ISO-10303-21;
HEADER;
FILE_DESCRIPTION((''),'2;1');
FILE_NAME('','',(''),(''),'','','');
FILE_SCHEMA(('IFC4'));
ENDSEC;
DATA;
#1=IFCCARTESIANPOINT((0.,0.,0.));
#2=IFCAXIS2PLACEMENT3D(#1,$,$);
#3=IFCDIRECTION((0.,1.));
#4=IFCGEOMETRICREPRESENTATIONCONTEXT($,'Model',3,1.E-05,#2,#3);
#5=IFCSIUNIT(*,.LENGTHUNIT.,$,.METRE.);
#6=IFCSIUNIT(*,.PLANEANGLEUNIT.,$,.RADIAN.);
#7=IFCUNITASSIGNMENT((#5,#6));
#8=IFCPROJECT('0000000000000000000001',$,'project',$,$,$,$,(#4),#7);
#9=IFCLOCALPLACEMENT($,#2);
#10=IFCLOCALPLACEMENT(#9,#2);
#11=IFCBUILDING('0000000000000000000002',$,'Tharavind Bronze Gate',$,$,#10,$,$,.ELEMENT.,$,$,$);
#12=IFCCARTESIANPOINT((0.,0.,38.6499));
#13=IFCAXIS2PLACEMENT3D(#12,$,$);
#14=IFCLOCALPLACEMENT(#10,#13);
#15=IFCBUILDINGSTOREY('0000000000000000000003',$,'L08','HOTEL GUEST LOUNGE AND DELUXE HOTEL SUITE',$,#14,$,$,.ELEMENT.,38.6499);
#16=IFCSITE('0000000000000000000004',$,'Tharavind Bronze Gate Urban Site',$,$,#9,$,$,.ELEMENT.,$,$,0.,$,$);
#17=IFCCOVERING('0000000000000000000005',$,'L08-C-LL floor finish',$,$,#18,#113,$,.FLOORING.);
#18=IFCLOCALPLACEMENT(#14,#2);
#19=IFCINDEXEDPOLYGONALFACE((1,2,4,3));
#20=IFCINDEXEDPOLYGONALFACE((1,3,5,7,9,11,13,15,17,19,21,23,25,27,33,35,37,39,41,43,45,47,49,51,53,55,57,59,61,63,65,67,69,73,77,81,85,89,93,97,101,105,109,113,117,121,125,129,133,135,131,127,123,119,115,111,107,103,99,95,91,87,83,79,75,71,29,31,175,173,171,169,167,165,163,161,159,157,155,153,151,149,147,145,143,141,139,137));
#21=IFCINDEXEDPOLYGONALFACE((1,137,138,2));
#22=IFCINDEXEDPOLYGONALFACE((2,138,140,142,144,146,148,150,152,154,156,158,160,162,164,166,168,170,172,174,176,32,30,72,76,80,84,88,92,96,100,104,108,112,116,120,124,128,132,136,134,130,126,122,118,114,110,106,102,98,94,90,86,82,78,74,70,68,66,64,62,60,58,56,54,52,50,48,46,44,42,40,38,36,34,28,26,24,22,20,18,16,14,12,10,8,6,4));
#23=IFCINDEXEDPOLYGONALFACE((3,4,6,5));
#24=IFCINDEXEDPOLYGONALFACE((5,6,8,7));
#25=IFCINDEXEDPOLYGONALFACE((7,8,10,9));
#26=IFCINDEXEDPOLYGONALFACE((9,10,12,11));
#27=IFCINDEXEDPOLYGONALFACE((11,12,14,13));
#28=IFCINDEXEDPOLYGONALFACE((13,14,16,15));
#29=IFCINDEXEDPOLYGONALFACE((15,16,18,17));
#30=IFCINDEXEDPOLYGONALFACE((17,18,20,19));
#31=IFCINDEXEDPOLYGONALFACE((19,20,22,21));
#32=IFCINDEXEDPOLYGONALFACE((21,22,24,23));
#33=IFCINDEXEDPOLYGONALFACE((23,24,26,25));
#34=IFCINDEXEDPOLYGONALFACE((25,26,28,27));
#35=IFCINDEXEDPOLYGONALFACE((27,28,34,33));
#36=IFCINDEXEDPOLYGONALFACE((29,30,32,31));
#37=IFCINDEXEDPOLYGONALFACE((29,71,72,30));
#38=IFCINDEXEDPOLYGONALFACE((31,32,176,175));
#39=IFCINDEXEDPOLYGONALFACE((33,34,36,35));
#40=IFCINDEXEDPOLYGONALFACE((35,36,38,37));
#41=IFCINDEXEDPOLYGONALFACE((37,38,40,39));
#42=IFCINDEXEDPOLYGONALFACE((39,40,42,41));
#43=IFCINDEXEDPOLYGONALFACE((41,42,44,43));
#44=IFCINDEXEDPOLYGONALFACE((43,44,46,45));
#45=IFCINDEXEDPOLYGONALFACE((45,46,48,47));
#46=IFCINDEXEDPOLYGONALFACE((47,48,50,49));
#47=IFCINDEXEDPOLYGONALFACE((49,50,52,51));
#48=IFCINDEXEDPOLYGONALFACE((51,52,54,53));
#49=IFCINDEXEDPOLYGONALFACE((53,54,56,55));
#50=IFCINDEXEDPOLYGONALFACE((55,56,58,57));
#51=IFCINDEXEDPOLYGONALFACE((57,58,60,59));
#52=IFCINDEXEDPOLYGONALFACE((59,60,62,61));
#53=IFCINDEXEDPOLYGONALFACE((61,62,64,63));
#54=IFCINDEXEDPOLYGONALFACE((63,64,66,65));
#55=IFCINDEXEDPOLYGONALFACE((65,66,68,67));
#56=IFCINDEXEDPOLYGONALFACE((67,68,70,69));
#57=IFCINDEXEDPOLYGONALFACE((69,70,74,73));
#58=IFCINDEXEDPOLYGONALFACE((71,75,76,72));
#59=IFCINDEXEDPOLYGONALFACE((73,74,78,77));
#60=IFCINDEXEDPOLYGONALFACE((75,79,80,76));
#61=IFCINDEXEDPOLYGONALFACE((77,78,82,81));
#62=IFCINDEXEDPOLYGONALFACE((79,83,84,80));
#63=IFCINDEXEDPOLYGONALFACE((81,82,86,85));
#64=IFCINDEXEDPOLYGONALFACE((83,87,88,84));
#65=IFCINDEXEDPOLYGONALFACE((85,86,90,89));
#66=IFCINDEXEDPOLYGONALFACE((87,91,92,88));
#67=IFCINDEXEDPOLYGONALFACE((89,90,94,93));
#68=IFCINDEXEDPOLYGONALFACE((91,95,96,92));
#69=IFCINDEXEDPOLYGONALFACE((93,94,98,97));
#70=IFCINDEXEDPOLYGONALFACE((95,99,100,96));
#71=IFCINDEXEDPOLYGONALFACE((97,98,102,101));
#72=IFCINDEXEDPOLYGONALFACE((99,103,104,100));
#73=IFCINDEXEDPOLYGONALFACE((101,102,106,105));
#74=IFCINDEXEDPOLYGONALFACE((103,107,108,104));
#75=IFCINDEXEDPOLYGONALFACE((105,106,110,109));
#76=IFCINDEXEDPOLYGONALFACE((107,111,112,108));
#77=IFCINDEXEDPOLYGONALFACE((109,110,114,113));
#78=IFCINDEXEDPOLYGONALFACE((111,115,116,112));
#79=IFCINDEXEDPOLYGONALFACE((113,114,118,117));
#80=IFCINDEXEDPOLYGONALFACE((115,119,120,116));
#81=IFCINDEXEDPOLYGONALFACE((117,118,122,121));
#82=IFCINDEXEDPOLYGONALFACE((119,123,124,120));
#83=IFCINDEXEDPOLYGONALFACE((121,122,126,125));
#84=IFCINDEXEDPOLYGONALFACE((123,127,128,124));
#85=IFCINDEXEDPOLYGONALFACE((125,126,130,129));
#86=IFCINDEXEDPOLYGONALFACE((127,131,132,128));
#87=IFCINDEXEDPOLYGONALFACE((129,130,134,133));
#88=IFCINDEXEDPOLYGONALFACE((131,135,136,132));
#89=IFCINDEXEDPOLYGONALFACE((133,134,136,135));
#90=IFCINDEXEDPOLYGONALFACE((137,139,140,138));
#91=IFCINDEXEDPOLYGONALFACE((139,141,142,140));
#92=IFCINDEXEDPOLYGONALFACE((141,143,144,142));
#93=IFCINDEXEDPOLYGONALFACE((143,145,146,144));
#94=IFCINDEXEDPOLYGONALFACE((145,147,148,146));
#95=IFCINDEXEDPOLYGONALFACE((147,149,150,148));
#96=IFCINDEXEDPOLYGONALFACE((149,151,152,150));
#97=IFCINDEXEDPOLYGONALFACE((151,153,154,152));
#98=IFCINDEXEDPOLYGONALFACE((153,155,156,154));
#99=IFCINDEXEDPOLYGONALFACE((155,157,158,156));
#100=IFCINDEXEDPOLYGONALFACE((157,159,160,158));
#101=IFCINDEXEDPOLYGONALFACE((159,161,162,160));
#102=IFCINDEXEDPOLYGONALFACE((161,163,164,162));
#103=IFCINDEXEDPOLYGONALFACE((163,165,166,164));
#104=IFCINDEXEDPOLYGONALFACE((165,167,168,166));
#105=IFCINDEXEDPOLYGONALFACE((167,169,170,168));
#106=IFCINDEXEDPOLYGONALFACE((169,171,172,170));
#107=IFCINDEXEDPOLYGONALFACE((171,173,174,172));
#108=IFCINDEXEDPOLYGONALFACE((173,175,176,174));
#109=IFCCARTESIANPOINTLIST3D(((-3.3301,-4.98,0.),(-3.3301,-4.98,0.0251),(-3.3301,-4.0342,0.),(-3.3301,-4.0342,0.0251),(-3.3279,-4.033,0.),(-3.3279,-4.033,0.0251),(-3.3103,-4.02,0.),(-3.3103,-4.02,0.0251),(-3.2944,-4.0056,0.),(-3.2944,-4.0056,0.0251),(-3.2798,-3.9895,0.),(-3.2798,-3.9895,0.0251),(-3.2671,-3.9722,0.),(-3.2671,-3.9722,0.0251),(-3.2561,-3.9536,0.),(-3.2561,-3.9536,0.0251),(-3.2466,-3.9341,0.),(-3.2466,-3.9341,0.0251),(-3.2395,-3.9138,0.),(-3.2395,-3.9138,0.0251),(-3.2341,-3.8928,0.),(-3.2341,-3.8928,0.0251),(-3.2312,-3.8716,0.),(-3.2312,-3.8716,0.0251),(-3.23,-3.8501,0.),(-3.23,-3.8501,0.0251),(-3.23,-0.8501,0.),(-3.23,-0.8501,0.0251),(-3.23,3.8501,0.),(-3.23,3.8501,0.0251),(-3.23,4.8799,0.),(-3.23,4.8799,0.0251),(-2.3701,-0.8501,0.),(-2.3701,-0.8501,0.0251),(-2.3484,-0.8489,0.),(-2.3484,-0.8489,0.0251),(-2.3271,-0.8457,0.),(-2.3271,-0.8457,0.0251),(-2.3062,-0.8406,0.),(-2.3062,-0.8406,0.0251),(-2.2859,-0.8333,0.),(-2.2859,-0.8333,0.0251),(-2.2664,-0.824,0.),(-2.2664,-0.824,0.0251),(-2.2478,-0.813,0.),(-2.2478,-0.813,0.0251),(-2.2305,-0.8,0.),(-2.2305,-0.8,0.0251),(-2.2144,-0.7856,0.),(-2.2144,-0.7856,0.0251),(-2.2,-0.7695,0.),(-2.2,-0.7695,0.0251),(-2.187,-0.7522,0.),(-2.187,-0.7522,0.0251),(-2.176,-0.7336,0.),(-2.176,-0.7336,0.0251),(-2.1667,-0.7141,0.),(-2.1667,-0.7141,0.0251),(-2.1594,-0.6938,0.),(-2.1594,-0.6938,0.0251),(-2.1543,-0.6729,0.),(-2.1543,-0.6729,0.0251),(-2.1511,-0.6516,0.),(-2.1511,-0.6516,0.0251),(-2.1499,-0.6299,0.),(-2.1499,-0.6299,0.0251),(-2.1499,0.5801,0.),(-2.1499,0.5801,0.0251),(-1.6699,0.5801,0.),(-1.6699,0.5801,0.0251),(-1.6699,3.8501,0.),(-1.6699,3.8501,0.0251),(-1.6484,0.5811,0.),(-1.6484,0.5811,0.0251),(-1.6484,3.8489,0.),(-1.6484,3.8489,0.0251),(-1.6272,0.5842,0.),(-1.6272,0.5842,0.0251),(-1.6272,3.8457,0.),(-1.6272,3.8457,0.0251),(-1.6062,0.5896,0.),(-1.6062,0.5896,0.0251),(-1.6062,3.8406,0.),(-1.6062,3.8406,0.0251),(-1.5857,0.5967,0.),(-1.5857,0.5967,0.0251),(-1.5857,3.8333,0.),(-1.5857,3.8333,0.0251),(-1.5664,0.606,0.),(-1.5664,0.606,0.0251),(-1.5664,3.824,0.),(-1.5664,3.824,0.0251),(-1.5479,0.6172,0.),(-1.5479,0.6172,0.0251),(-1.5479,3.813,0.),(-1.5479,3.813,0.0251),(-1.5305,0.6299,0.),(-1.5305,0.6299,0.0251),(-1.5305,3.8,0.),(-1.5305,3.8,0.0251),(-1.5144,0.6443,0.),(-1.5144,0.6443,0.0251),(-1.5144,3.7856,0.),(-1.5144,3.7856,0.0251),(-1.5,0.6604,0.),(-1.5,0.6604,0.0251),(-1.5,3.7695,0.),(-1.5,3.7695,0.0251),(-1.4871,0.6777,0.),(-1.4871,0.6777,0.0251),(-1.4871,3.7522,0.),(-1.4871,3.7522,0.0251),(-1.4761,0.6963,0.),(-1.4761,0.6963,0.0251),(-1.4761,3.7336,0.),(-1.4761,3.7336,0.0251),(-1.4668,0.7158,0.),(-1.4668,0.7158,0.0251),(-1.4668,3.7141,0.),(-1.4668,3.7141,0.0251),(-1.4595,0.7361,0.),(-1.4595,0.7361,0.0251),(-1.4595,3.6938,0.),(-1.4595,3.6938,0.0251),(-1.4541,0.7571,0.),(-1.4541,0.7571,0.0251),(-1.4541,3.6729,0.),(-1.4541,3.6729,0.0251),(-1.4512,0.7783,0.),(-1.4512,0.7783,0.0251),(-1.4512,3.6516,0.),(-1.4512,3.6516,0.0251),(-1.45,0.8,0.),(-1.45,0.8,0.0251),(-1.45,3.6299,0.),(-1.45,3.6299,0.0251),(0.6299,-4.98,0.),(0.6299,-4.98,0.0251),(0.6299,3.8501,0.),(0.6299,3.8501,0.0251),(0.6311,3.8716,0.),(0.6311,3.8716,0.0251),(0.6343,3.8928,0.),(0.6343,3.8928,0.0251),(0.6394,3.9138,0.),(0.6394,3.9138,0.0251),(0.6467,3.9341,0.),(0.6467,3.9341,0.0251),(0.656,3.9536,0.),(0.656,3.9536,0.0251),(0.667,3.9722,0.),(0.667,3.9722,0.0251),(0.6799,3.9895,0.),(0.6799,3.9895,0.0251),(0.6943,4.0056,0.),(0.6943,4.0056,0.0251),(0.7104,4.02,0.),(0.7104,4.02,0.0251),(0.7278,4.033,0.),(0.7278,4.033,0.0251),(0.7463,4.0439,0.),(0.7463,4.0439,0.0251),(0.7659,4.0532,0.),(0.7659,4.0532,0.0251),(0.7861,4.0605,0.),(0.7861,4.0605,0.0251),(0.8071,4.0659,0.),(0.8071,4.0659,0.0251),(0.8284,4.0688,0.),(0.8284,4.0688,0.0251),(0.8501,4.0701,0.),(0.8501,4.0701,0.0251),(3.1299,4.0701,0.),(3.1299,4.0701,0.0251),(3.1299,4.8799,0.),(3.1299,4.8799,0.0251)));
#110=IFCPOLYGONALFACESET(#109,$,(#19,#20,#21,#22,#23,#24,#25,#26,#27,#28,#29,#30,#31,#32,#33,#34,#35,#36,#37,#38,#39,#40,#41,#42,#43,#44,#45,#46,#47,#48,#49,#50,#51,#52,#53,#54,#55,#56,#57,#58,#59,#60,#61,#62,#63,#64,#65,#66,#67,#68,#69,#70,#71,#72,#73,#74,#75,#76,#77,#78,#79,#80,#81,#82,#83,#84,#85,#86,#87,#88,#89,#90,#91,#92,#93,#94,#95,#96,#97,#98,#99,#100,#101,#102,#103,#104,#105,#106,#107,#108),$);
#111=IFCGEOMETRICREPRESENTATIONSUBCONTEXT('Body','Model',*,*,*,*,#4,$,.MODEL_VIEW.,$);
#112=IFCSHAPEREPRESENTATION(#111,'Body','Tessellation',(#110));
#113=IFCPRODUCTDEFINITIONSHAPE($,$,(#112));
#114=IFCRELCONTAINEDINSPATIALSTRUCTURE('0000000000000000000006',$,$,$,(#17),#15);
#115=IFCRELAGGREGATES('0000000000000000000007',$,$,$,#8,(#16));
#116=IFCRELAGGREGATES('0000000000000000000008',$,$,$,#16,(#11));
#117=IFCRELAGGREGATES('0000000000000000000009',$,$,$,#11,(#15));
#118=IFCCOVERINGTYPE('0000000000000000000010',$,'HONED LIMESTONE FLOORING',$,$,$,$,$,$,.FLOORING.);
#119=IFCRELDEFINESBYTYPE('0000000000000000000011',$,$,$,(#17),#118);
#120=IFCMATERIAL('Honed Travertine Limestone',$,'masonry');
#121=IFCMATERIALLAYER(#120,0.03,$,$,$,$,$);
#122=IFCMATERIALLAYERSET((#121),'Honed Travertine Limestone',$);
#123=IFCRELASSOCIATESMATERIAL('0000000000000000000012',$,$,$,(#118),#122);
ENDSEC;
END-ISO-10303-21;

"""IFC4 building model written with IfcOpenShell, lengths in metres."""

from ifc_helpers import new_model, si_unit, direction, frame, origin, place, context, subcontext, project, spatial, polyline, outline, extrude, material, layer, layer_set, type_object, element, save


model = new_model("IFC4")

# Units and contexts
model_context = context("Model", 3, precision=1e-05, world=origin(), true_north=direction((0.0, 1.0)))
body_context = subcontext(model_context, "Body", "Model", "MODEL_VIEW")
ifc_project = project(units=[si_unit("LENGTHUNIT", "METRE"), si_unit("PLANEANGLEUNIT", "RADIAN")], contexts=[model_context])

# Site, building, storey
site_placement = place(None, origin())
site = spatial("IfcSite", under=ifc_project, at=site_placement, Name="Tharavind Bronze Gate Urban Site", CompositionType="ELEMENT", RefElevation=0.0)
building_placement = place(site_placement, origin())
building = spatial("IfcBuilding", under=site, at=building_placement, Name="Tharavind Bronze Gate", CompositionType="ELEMENT")
storey_placement = place(building_placement, frame((0.0, 0.0, 38.6499)))
storey = spatial("IfcBuildingStorey", under=building, at=storey_placement, Name="L08", Description="HOTEL GUEST LOUNGE AND DELUXE HOTEL SUITE", CompositionType="ELEMENT", Elevation=38.6499)

# Covering
ifc_material_1 = material(Name="Honed Travertine Limestone", Category="masonry")
ifc_layer_1 = layer(ifc_material_1, 0.03)
ifc_layer_set_1 = layer_set([ifc_layer_1], Name="Honed Travertine Limestone")
covering_type_1 = type_object("IfcCoveringType", Name="HONED LIMESTONE FLOORING", PredefinedType="FLOORING", material=ifc_layer_set_1)
covering_1_placement = place(storey_placement, origin())
element("IfcCovering", 1, at=covering_1_placement, inside=storey, type_object=covering_type_1, Name="L08-C-LL floor finish", PredefinedType="FLOORING", context=body_context, shape_type="SweptSolid", body=[
    extrude(outline(polyline([(-3.3301, -4.98), (0.6299, -4.98), (0.6299, 3.8501), (0.6311, 3.8716), (0.6343, 3.8928), (0.6394, 3.9138), (0.6467, 3.9341), (0.656, 3.9536), (0.667, 3.9722), (0.6799, 3.9895), (0.6943, 4.0056), (0.7104, 4.02), (0.7278, 4.033), (0.7463, 4.0439), (0.7659, 4.0532), (0.7861, 4.0605), (0.8071, 4.0659), (0.8284, 4.0688), (0.8501, 4.0701), (3.1299, 4.0701), (3.1299, 4.8799), (-3.23, 4.8799), (-3.23, 3.8501), (-1.6699, 3.8501), (-1.6484, 3.8489), (-1.6272, 3.8457), (-1.6062, 3.8406), (-1.5857, 3.8333), (-1.5664, 3.824), (-1.5479, 3.813), (-1.5305, 3.8), (-1.5144, 3.7856), (-1.5, 3.7695), (-1.4871, 3.7522), (-1.4761, 3.7336), (-1.4668, 3.7141), (-1.4595, 3.6938), (-1.4541, 3.6729), (-1.4512, 3.6516), (-1.45, 3.6299), (-1.45, 0.8), (-1.4512, 0.7783), (-1.4541, 0.7571), (-1.4595, 0.7361), (-1.4668, 0.7158), (-1.4761, 0.6963), (-1.4871, 0.6777), (-1.5, 0.6604), (-1.5144, 0.6443), (-1.5305, 0.6299), (-1.5479, 0.6172), (-1.5664, 0.606), (-1.5857, 0.5967), (-1.6062, 0.5896), (-1.6272, 0.5842), (-1.6484, 0.5811), (-1.6699, 0.5801), (-2.1499, 0.5801), (-2.1499, -0.6299), (-2.1511, -0.6516), (-2.1543, -0.6729), (-2.1594, -0.6938), (-2.1667, -0.7141), (-2.176, -0.7336), (-2.187, -0.7522), (-2.2, -0.7695), (-2.2144, -0.7856), (-2.2305, -0.8), (-2.2478, -0.813), (-2.2664, -0.824), (-2.2859, -0.8333), (-2.3062, -0.8406), (-2.3271, -0.8457), (-2.3484, -0.8489), (-2.3701, -0.8501), (-3.23, -0.8501), (-3.23, -3.8501), (-3.2312, -3.8716), (-3.2341, -3.8928), (-3.2395, -3.9138), (-3.2466, -3.9341), (-3.2561, -3.9536), (-3.2671, -3.9722), (-3.2798, -3.9895), (-3.2944, -4.0056), (-3.3103, -4.02), (-3.3279, -4.033), (-3.3301, -4.0342), (-3.3301, -4.98)])), origin(), (0.0, 0.0, 1.0), 0.0251),
])

save(model, "model.ifc")
